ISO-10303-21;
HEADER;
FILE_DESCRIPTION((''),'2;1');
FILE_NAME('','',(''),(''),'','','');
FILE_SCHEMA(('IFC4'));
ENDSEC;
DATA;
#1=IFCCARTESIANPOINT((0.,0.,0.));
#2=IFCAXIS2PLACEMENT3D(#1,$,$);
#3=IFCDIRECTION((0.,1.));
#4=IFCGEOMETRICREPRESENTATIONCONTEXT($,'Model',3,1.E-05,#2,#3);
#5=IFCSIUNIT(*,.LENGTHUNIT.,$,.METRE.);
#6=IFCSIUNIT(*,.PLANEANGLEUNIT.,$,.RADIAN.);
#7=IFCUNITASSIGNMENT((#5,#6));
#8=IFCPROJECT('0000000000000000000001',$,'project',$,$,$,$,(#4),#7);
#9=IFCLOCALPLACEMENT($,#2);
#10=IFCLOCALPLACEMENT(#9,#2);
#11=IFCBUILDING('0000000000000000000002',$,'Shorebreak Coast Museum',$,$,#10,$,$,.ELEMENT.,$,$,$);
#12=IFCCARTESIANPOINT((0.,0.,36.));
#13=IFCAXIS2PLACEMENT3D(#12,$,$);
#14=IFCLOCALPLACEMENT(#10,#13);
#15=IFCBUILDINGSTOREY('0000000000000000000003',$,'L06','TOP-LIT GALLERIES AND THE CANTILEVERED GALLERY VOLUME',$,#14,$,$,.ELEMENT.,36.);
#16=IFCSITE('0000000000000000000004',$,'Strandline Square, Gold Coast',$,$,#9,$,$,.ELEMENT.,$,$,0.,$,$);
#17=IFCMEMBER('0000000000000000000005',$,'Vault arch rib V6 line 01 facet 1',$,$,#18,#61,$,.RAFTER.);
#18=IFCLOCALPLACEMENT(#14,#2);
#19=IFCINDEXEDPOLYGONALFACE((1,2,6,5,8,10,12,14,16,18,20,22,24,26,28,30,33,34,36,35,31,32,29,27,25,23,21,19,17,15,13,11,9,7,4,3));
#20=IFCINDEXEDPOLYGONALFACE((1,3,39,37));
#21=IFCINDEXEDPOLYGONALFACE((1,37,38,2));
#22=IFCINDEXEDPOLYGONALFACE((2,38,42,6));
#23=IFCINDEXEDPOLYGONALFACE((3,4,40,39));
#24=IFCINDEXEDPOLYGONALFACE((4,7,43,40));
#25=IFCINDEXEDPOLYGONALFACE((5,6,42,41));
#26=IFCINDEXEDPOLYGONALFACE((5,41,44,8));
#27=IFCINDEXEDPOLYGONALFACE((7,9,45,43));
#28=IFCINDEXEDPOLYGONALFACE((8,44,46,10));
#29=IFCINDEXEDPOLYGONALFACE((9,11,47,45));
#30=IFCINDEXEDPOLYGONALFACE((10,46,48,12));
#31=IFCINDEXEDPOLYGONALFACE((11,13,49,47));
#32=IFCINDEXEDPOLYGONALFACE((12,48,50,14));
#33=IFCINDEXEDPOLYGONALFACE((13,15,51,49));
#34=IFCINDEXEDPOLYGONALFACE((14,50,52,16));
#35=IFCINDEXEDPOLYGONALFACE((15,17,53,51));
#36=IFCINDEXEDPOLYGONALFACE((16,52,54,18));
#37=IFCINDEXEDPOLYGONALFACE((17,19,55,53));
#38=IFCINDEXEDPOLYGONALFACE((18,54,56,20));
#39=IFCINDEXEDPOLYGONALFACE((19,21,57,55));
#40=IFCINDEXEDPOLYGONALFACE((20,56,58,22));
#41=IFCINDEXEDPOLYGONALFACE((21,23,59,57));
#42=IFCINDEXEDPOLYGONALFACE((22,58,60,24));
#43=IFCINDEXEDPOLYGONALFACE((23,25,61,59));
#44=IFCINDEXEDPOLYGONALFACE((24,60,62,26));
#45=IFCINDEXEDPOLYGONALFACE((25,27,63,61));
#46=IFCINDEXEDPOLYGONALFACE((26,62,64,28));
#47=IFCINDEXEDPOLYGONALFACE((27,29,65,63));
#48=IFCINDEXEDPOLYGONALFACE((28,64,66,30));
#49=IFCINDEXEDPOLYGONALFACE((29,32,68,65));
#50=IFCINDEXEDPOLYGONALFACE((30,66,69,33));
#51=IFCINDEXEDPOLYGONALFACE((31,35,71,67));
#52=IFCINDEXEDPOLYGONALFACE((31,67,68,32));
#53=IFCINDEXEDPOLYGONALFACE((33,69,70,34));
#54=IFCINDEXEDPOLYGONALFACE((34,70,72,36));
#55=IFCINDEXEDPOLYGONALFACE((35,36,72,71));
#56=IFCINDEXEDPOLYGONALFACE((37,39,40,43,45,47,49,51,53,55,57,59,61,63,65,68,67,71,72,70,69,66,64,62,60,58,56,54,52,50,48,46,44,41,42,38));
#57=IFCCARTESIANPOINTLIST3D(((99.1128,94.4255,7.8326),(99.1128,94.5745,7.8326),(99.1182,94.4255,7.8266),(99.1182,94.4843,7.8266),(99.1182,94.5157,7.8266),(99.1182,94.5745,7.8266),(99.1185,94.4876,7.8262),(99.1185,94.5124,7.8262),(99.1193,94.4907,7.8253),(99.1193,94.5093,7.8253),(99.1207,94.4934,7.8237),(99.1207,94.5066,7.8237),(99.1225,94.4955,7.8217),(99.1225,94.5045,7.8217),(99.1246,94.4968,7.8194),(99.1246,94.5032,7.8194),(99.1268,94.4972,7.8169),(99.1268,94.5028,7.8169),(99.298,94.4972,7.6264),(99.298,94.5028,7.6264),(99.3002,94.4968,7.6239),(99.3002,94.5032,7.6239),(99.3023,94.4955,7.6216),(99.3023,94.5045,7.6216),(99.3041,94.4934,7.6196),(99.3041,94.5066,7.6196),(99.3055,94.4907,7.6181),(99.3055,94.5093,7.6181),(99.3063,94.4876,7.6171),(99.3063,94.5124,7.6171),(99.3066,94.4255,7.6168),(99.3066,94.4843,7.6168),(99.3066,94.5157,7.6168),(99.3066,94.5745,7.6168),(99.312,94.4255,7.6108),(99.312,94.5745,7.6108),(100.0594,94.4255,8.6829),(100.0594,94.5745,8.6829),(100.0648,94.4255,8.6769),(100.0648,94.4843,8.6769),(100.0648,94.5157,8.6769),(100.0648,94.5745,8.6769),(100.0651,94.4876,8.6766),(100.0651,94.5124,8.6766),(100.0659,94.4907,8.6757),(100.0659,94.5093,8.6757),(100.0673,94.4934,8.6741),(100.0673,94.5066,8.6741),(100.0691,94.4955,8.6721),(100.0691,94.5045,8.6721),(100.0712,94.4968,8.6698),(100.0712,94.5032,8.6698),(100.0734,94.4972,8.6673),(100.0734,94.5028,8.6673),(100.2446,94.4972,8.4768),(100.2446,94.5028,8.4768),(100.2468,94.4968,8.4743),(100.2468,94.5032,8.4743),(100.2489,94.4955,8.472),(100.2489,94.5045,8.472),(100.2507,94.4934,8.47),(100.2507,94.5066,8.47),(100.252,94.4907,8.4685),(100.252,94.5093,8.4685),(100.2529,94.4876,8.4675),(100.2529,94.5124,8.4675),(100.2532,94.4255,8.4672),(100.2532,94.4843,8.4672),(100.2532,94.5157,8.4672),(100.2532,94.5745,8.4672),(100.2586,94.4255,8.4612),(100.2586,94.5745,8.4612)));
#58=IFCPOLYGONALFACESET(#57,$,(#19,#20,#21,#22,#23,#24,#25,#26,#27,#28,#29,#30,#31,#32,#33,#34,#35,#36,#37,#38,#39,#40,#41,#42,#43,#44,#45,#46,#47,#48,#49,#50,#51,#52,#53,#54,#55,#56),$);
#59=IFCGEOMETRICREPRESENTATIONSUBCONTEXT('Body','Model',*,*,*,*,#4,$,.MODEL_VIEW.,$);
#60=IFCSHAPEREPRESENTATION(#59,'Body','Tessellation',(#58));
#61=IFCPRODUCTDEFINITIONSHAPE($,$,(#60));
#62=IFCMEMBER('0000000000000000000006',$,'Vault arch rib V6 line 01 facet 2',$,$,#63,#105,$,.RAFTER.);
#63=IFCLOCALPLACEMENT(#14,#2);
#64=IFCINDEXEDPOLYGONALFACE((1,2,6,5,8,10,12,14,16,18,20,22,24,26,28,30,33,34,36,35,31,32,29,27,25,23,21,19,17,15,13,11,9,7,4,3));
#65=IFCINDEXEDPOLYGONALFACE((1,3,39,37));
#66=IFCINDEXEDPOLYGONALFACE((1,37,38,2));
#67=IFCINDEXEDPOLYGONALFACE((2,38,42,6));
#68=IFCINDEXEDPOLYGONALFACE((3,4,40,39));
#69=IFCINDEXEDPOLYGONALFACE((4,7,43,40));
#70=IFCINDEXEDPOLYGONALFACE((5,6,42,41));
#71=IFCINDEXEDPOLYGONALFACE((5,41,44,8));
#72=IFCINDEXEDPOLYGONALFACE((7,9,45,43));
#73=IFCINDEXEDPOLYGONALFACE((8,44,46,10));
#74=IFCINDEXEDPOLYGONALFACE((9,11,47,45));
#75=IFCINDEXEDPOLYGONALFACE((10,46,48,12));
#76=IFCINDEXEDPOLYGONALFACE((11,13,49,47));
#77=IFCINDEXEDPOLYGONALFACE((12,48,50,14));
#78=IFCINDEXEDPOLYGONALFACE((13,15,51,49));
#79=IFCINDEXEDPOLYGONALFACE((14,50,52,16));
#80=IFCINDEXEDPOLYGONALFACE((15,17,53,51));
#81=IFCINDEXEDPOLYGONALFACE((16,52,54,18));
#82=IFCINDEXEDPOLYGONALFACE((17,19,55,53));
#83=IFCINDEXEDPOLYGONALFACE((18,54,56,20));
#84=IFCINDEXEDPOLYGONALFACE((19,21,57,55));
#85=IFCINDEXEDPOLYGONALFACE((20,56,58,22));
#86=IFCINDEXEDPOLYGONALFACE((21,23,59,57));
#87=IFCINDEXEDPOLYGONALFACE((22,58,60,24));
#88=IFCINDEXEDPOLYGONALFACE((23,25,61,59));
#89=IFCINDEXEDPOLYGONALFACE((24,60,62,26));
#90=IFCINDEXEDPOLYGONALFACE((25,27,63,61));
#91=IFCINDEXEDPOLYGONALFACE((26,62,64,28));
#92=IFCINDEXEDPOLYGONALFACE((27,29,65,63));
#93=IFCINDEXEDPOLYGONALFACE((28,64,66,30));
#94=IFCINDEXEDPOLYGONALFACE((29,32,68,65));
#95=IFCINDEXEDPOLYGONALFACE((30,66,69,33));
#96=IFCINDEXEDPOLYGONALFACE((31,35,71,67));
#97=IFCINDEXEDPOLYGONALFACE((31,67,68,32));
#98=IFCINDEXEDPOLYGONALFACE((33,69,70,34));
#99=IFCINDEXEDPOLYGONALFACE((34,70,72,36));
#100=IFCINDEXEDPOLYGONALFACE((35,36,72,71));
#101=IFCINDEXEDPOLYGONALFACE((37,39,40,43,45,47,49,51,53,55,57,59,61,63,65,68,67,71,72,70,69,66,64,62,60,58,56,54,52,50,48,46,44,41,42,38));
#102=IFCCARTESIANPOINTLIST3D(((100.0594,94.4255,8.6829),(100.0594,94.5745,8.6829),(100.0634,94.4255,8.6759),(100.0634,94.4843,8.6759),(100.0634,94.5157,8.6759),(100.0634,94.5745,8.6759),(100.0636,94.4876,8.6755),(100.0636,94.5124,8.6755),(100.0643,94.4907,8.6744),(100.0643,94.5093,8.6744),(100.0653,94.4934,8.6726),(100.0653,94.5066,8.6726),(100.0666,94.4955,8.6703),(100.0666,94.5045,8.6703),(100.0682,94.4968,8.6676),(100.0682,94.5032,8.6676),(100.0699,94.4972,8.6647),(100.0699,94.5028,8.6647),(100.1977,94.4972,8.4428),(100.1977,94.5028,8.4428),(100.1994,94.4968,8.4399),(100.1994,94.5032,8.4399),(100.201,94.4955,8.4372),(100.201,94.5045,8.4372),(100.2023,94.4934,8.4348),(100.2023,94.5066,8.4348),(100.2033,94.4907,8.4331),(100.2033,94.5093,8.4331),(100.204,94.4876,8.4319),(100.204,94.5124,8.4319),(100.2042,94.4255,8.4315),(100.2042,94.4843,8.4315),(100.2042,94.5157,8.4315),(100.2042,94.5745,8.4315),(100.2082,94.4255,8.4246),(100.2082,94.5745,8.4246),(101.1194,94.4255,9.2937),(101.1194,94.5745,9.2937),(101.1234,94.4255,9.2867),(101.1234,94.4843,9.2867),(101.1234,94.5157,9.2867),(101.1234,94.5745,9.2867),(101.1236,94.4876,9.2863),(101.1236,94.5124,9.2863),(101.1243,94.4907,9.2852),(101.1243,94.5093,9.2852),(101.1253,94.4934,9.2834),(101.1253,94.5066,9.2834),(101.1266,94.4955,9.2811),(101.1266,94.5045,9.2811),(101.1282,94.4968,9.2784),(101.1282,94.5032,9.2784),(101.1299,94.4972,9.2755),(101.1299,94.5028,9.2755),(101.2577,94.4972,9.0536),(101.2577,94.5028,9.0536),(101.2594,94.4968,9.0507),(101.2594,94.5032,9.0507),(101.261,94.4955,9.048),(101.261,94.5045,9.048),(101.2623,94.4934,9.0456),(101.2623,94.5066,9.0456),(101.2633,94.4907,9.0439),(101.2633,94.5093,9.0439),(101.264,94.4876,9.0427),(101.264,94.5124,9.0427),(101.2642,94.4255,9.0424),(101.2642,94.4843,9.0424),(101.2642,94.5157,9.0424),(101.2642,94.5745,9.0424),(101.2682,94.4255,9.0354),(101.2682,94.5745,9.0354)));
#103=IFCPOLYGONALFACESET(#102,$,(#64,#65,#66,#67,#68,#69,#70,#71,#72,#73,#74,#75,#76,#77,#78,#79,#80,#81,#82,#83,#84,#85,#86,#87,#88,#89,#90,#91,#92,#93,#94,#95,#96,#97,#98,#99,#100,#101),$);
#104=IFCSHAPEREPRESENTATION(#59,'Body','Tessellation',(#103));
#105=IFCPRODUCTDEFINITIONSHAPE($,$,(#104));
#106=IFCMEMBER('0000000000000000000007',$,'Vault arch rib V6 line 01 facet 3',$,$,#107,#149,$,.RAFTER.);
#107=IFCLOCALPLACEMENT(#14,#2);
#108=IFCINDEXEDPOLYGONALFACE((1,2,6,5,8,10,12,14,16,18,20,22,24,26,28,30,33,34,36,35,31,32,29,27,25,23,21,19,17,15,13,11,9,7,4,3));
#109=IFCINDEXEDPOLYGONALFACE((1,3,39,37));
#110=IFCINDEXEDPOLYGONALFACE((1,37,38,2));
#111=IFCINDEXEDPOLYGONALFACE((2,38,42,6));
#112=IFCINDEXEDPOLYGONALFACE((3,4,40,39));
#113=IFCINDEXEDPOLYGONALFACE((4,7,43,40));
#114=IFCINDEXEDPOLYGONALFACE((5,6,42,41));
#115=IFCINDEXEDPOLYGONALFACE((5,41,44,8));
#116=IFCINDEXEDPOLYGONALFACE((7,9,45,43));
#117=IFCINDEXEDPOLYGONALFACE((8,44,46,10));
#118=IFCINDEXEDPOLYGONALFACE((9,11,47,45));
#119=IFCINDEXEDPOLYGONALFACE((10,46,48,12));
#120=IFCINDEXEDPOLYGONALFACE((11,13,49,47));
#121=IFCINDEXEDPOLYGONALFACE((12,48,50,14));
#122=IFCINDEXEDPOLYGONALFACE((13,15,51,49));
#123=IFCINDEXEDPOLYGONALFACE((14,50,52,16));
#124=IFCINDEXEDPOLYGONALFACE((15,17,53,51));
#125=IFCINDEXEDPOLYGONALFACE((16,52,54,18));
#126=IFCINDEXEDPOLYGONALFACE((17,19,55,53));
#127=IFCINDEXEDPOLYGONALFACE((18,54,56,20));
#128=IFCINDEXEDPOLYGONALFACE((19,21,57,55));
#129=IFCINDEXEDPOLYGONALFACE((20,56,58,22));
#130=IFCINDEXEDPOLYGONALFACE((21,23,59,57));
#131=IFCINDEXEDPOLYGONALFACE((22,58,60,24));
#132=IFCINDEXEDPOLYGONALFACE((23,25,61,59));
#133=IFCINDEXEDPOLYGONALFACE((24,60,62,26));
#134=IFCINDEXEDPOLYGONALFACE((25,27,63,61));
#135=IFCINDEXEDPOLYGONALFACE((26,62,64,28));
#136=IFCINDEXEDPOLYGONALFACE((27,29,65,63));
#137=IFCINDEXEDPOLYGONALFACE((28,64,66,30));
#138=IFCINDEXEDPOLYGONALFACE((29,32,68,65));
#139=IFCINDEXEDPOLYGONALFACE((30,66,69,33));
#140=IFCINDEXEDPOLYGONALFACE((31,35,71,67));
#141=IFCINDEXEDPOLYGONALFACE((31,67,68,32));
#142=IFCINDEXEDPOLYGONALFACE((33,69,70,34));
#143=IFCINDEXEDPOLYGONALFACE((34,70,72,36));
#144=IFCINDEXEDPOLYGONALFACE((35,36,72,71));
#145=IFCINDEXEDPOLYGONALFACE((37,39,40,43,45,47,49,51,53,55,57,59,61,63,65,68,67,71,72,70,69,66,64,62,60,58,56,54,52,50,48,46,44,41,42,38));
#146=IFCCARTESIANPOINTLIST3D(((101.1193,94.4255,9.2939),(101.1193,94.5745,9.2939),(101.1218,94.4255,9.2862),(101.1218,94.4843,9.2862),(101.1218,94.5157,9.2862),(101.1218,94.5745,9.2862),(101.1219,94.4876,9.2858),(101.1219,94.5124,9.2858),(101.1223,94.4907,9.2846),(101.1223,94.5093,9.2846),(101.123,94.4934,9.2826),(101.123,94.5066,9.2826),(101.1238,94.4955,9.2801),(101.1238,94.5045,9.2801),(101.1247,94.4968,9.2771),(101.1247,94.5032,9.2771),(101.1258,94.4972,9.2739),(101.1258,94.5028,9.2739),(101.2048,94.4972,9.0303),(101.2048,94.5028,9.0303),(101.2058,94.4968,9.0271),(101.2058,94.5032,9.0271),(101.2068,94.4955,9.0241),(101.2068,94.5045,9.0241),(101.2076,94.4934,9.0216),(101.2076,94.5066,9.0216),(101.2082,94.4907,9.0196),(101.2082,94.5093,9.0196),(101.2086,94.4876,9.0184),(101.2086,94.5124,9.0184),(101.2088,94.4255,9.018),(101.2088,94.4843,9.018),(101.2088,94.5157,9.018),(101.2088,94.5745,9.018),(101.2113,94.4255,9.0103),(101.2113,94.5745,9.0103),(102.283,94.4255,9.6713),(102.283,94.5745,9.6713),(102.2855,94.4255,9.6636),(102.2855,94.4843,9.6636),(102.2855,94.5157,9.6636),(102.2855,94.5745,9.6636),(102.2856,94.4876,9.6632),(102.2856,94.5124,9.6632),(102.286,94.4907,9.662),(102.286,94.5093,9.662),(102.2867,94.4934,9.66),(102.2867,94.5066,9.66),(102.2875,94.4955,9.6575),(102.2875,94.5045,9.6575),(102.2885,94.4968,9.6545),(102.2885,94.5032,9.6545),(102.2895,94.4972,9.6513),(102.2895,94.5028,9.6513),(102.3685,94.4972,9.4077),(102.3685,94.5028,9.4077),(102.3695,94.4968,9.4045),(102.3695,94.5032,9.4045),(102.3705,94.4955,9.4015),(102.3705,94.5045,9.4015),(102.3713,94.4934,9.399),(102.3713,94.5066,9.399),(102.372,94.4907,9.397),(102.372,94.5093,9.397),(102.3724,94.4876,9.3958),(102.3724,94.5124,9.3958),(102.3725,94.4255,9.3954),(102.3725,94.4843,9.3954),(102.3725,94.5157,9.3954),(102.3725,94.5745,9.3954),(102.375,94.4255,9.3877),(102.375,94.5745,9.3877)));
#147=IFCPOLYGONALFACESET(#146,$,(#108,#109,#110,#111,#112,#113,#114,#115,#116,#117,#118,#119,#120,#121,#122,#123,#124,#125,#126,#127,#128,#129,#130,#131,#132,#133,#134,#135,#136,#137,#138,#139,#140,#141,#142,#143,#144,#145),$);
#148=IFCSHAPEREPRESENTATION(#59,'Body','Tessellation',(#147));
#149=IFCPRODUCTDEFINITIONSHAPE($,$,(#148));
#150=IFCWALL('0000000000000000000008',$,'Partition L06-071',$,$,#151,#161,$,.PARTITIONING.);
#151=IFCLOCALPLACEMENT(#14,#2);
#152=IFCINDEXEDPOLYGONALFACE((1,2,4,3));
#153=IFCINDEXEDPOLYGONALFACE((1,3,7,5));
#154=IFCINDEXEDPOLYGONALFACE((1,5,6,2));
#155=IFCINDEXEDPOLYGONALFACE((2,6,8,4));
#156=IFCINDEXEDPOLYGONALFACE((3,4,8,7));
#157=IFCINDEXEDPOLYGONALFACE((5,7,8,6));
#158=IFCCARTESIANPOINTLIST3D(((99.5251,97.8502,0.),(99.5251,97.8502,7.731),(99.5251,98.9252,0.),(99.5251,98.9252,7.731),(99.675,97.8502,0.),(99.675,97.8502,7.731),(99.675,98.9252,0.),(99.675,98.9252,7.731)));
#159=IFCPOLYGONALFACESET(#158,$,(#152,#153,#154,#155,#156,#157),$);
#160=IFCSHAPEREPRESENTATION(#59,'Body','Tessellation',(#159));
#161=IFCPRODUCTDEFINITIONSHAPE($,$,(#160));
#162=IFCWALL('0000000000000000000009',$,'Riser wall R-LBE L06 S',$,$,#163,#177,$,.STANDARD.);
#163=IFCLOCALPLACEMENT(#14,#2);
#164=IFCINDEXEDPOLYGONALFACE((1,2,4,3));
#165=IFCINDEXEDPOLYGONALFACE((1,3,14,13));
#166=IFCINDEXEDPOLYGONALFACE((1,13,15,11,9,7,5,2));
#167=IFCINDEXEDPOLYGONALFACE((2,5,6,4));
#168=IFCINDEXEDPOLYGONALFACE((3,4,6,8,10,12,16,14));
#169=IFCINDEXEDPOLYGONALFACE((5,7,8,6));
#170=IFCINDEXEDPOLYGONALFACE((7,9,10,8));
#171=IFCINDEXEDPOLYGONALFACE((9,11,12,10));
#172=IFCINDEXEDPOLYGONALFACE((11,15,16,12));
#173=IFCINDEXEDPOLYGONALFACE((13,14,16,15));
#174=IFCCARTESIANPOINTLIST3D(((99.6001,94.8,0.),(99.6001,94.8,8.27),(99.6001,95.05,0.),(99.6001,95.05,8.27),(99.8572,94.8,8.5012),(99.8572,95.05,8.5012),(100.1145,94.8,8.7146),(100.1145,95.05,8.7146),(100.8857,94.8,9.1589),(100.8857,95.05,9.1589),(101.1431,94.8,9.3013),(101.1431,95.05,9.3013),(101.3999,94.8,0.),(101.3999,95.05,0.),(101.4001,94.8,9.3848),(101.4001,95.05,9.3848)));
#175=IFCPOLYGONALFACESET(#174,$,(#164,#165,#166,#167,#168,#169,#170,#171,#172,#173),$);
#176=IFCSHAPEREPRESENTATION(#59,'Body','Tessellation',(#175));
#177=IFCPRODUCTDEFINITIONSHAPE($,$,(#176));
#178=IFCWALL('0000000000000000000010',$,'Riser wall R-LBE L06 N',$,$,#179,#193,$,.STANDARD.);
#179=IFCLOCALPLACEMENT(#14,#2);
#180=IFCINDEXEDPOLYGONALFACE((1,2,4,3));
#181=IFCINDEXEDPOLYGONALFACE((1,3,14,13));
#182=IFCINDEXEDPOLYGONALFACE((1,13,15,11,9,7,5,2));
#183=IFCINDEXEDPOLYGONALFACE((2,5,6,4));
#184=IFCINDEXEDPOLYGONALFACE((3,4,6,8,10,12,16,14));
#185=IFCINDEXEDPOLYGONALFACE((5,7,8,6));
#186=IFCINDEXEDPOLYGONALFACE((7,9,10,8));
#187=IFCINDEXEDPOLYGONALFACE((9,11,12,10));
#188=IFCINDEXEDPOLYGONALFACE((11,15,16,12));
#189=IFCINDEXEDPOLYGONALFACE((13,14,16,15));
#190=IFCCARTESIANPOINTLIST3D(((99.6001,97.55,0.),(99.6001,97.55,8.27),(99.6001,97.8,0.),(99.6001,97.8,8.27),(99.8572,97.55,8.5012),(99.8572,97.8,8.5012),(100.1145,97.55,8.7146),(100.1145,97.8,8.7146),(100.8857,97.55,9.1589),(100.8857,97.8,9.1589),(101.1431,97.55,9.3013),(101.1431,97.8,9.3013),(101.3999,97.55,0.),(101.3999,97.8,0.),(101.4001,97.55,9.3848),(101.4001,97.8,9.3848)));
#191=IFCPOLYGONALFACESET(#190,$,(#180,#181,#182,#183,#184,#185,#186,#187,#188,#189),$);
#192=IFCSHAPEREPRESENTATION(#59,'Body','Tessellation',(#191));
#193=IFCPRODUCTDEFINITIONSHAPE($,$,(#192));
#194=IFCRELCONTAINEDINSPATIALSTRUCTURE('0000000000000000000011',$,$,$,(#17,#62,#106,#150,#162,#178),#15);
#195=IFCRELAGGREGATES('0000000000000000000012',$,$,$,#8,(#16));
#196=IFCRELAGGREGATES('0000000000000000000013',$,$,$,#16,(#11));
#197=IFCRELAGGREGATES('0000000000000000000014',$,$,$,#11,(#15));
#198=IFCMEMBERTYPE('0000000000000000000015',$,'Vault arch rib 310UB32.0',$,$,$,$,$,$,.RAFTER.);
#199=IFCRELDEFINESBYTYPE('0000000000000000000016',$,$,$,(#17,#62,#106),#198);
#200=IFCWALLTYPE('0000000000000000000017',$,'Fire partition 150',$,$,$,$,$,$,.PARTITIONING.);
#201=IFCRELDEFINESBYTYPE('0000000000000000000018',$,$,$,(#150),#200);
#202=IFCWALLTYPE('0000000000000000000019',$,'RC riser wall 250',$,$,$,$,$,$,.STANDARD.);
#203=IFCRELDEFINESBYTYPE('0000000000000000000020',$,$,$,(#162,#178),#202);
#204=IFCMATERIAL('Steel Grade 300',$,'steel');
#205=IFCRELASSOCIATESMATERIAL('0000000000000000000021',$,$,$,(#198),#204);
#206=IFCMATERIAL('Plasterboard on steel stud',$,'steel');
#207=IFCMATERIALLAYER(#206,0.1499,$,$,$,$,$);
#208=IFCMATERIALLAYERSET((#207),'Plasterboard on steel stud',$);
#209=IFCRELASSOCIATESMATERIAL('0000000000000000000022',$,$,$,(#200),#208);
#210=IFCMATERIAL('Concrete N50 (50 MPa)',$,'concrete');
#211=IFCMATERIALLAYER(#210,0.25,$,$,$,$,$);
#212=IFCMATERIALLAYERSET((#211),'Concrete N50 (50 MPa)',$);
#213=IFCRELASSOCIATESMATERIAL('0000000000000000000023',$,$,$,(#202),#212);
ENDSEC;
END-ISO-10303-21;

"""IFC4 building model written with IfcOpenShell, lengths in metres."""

from ifc_helpers import new_model, si_unit, direction, frame, frame_2d, origin, origin_2d, place, context, subcontext, project, spatial, polyline, rectangle, i_section, outline, extrude, material, layer, layer_set, material_profile, profile_set, type_object, element, save


model = new_model("IFC4")

# Units and contexts
model_context = context("Model", 3, precision=1e-05, world=origin(), true_north=direction((0.0, 1.0)))
body_context = subcontext(model_context, "Body", "Model", "MODEL_VIEW")
ifc_project = project(units=[si_unit("LENGTHUNIT", "METRE"), si_unit("PLANEANGLEUNIT", "RADIAN")], contexts=[model_context])

# Site, building, storey
site_placement = place(None, origin())
site = spatial("IfcSite", under=ifc_project, at=site_placement, Name="Strandline Square, Gold Coast", CompositionType="ELEMENT", RefElevation=0.0)
building_placement = place(site_placement, origin())
building = spatial("IfcBuilding", under=site, at=building_placement, Name="Shorebreak Coast Museum", CompositionType="ELEMENT")
storey_placement = place(building_placement, frame((0.0, 0.0, 36.0)))
storey = spatial("IfcBuildingStorey", under=building, at=storey_placement, Name="L06", Description="TOP-LIT GALLERIES AND THE CANTILEVERED GALLERY VOLUME", CompositionType="ELEMENT", Elevation=36.0)

# Members
ifc_material_1 = material(Name="Steel Grade 300", Category="steel")
ifc_material_profile_1 = material_profile(ifc_material_1, i_section(OverallWidth=0.1489, OverallDepth=0.2981, WebThickness=0.0056, FlangeThickness=0.0081, FilletRadius=0.0129, at=origin_2d()), Name="310UB32.0")
ifc_profile_set_1 = profile_set([ifc_material_profile_1], Name="Steel Grade 300")
member_type_1 = type_object("IfcMemberType", Name="Vault arch rib 310UB32.0", PredefinedType="RAFTER", material=ifc_profile_set_1)
for number, where, z_axis, x_axis, name in (
    (1, (99.2124, 94.5, 7.7217), (0.743895, 0.0, 0.668297), (0.0, 1.0, 0.0), "Vault arch rib V6 line 01 facet 1"),
):
    element("IfcMember", number, at=place(storey_placement, frame(where, z_axis=z_axis, x_axis=x_axis)), inside=storey, type_object=member_type_1, Name=name, PredefinedType="RAFTER", context=body_context, shape_type="SweptSolid", body=[
        extrude(i_section(OverallWidth=0.1489, OverallDepth=0.2981, WebThickness=0.0056, FlangeThickness=0.0081, FilletRadius=0.0129, at=origin_2d()), origin(), (0.0, 0.0, 1.0), 1.2725),
    ])
for number, where, z_axis, x_axis, name in (
    (2, (100.1338, 94.5, 8.5537), (0.866445, 0.0, 0.499273), (0.0, 1.0, 0.0), "Vault arch rib V6 line 01 facet 2"),
    (3, (101.1653, 94.5, 9.1521), (0.951226, 0.0, 0.308495), (0.0, 1.0, 0.0), "Vault arch rib V6 line 01 facet 3"),
):
    element("IfcMember", number, at=place(storey_placement, frame(where, z_axis=z_axis, x_axis=x_axis)), inside=storey, type_object=member_type_1, Name=name, PredefinedType="RAFTER", context=body_context, shape_type="SweptSolid", body=[
        extrude(i_section(OverallWidth=0.1489, OverallDepth=0.2981, WebThickness=0.0056, FlangeThickness=0.0081, FilletRadius=0.0129, at=origin_2d()), origin(), (0.0, 0.0, 1.0), 1.2234),
    ])

# Walls
ifc_material_2 = material(Name="Plasterboard on steel stud", Category="steel")
ifc_layer_1 = layer(ifc_material_2, 0.1499)
ifc_layer_set_1 = layer_set([ifc_layer_1], Name="Plasterboard on steel stud")
wall_type_1 = type_object("IfcWallType", Name="Fire partition 150", PredefinedType="PARTITIONING", material=ifc_layer_set_1)
wall_1_placement = place(storey_placement, frame((99.6001, 97.8501, 0.0), z_axis=(0.0, 0.0, 1.0), x_axis=(0.0, 1.0, 0.0)))
element("IfcWall", 4, at=wall_1_placement, inside=storey, type_object=wall_type_1, Name="Partition L06-071", PredefinedType="PARTITIONING", context=body_context, shape_type="SweptSolid", body=[
    extrude(rectangle(XDim=1.075, YDim=0.1499, at=frame_2d((0.5376, 0.0))), origin(), (0.0, 0.0, 1.0), 7.731),
])
ifc_material_3 = material(Name="Concrete N50 (50 MPa)", Category="concrete")
ifc_layer_2 = layer(ifc_material_3, 0.25)
ifc_layer_set_2 = layer_set([ifc_layer_2], Name="Concrete N50 (50 MPa)")
wall_type_2 = type_object("IfcWallType", Name="RC riser wall 250", PredefinedType="STANDARD", material=ifc_layer_set_2)
for number, where, z_axis, x_axis, name in (
    (5, (99.6001, 94.925, 0.0), (0.0, 0.0, 1.0), (1.0, 0.0, 0.0), "Riser wall R-LBE L06 S"),
    (6, (99.6001, 97.675, 0.0), (0.0, 0.0, 1.0), (1.0, 0.0, 0.0), "Riser wall R-LBE L06 N"),
):
    element("IfcWall", number, at=place(storey_placement, frame(where, z_axis=z_axis, x_axis=x_axis)), inside=storey, type_object=wall_type_2, Name=name, PredefinedType="STANDARD", context=body_context, shape_type="SweptSolid", body=[
        extrude(outline(polyline([(0.0, 0.0), (1.7998, 0.0), (1.8, 9.3848), (1.543, 9.3013), (1.2856, 9.1589), (0.5144, 8.7146), (0.2571, 8.5012), (0.0, 8.27), (0.0, 0.0)])), frame((0.0, 0.125, 0.0), z_axis=(0.0, -1.0, 0.0), x_axis=(1.0, 0.0, 0.0)), (0.0, 0.0, 1.0), 0.25),
    ])

save(model, "model.ifc")
